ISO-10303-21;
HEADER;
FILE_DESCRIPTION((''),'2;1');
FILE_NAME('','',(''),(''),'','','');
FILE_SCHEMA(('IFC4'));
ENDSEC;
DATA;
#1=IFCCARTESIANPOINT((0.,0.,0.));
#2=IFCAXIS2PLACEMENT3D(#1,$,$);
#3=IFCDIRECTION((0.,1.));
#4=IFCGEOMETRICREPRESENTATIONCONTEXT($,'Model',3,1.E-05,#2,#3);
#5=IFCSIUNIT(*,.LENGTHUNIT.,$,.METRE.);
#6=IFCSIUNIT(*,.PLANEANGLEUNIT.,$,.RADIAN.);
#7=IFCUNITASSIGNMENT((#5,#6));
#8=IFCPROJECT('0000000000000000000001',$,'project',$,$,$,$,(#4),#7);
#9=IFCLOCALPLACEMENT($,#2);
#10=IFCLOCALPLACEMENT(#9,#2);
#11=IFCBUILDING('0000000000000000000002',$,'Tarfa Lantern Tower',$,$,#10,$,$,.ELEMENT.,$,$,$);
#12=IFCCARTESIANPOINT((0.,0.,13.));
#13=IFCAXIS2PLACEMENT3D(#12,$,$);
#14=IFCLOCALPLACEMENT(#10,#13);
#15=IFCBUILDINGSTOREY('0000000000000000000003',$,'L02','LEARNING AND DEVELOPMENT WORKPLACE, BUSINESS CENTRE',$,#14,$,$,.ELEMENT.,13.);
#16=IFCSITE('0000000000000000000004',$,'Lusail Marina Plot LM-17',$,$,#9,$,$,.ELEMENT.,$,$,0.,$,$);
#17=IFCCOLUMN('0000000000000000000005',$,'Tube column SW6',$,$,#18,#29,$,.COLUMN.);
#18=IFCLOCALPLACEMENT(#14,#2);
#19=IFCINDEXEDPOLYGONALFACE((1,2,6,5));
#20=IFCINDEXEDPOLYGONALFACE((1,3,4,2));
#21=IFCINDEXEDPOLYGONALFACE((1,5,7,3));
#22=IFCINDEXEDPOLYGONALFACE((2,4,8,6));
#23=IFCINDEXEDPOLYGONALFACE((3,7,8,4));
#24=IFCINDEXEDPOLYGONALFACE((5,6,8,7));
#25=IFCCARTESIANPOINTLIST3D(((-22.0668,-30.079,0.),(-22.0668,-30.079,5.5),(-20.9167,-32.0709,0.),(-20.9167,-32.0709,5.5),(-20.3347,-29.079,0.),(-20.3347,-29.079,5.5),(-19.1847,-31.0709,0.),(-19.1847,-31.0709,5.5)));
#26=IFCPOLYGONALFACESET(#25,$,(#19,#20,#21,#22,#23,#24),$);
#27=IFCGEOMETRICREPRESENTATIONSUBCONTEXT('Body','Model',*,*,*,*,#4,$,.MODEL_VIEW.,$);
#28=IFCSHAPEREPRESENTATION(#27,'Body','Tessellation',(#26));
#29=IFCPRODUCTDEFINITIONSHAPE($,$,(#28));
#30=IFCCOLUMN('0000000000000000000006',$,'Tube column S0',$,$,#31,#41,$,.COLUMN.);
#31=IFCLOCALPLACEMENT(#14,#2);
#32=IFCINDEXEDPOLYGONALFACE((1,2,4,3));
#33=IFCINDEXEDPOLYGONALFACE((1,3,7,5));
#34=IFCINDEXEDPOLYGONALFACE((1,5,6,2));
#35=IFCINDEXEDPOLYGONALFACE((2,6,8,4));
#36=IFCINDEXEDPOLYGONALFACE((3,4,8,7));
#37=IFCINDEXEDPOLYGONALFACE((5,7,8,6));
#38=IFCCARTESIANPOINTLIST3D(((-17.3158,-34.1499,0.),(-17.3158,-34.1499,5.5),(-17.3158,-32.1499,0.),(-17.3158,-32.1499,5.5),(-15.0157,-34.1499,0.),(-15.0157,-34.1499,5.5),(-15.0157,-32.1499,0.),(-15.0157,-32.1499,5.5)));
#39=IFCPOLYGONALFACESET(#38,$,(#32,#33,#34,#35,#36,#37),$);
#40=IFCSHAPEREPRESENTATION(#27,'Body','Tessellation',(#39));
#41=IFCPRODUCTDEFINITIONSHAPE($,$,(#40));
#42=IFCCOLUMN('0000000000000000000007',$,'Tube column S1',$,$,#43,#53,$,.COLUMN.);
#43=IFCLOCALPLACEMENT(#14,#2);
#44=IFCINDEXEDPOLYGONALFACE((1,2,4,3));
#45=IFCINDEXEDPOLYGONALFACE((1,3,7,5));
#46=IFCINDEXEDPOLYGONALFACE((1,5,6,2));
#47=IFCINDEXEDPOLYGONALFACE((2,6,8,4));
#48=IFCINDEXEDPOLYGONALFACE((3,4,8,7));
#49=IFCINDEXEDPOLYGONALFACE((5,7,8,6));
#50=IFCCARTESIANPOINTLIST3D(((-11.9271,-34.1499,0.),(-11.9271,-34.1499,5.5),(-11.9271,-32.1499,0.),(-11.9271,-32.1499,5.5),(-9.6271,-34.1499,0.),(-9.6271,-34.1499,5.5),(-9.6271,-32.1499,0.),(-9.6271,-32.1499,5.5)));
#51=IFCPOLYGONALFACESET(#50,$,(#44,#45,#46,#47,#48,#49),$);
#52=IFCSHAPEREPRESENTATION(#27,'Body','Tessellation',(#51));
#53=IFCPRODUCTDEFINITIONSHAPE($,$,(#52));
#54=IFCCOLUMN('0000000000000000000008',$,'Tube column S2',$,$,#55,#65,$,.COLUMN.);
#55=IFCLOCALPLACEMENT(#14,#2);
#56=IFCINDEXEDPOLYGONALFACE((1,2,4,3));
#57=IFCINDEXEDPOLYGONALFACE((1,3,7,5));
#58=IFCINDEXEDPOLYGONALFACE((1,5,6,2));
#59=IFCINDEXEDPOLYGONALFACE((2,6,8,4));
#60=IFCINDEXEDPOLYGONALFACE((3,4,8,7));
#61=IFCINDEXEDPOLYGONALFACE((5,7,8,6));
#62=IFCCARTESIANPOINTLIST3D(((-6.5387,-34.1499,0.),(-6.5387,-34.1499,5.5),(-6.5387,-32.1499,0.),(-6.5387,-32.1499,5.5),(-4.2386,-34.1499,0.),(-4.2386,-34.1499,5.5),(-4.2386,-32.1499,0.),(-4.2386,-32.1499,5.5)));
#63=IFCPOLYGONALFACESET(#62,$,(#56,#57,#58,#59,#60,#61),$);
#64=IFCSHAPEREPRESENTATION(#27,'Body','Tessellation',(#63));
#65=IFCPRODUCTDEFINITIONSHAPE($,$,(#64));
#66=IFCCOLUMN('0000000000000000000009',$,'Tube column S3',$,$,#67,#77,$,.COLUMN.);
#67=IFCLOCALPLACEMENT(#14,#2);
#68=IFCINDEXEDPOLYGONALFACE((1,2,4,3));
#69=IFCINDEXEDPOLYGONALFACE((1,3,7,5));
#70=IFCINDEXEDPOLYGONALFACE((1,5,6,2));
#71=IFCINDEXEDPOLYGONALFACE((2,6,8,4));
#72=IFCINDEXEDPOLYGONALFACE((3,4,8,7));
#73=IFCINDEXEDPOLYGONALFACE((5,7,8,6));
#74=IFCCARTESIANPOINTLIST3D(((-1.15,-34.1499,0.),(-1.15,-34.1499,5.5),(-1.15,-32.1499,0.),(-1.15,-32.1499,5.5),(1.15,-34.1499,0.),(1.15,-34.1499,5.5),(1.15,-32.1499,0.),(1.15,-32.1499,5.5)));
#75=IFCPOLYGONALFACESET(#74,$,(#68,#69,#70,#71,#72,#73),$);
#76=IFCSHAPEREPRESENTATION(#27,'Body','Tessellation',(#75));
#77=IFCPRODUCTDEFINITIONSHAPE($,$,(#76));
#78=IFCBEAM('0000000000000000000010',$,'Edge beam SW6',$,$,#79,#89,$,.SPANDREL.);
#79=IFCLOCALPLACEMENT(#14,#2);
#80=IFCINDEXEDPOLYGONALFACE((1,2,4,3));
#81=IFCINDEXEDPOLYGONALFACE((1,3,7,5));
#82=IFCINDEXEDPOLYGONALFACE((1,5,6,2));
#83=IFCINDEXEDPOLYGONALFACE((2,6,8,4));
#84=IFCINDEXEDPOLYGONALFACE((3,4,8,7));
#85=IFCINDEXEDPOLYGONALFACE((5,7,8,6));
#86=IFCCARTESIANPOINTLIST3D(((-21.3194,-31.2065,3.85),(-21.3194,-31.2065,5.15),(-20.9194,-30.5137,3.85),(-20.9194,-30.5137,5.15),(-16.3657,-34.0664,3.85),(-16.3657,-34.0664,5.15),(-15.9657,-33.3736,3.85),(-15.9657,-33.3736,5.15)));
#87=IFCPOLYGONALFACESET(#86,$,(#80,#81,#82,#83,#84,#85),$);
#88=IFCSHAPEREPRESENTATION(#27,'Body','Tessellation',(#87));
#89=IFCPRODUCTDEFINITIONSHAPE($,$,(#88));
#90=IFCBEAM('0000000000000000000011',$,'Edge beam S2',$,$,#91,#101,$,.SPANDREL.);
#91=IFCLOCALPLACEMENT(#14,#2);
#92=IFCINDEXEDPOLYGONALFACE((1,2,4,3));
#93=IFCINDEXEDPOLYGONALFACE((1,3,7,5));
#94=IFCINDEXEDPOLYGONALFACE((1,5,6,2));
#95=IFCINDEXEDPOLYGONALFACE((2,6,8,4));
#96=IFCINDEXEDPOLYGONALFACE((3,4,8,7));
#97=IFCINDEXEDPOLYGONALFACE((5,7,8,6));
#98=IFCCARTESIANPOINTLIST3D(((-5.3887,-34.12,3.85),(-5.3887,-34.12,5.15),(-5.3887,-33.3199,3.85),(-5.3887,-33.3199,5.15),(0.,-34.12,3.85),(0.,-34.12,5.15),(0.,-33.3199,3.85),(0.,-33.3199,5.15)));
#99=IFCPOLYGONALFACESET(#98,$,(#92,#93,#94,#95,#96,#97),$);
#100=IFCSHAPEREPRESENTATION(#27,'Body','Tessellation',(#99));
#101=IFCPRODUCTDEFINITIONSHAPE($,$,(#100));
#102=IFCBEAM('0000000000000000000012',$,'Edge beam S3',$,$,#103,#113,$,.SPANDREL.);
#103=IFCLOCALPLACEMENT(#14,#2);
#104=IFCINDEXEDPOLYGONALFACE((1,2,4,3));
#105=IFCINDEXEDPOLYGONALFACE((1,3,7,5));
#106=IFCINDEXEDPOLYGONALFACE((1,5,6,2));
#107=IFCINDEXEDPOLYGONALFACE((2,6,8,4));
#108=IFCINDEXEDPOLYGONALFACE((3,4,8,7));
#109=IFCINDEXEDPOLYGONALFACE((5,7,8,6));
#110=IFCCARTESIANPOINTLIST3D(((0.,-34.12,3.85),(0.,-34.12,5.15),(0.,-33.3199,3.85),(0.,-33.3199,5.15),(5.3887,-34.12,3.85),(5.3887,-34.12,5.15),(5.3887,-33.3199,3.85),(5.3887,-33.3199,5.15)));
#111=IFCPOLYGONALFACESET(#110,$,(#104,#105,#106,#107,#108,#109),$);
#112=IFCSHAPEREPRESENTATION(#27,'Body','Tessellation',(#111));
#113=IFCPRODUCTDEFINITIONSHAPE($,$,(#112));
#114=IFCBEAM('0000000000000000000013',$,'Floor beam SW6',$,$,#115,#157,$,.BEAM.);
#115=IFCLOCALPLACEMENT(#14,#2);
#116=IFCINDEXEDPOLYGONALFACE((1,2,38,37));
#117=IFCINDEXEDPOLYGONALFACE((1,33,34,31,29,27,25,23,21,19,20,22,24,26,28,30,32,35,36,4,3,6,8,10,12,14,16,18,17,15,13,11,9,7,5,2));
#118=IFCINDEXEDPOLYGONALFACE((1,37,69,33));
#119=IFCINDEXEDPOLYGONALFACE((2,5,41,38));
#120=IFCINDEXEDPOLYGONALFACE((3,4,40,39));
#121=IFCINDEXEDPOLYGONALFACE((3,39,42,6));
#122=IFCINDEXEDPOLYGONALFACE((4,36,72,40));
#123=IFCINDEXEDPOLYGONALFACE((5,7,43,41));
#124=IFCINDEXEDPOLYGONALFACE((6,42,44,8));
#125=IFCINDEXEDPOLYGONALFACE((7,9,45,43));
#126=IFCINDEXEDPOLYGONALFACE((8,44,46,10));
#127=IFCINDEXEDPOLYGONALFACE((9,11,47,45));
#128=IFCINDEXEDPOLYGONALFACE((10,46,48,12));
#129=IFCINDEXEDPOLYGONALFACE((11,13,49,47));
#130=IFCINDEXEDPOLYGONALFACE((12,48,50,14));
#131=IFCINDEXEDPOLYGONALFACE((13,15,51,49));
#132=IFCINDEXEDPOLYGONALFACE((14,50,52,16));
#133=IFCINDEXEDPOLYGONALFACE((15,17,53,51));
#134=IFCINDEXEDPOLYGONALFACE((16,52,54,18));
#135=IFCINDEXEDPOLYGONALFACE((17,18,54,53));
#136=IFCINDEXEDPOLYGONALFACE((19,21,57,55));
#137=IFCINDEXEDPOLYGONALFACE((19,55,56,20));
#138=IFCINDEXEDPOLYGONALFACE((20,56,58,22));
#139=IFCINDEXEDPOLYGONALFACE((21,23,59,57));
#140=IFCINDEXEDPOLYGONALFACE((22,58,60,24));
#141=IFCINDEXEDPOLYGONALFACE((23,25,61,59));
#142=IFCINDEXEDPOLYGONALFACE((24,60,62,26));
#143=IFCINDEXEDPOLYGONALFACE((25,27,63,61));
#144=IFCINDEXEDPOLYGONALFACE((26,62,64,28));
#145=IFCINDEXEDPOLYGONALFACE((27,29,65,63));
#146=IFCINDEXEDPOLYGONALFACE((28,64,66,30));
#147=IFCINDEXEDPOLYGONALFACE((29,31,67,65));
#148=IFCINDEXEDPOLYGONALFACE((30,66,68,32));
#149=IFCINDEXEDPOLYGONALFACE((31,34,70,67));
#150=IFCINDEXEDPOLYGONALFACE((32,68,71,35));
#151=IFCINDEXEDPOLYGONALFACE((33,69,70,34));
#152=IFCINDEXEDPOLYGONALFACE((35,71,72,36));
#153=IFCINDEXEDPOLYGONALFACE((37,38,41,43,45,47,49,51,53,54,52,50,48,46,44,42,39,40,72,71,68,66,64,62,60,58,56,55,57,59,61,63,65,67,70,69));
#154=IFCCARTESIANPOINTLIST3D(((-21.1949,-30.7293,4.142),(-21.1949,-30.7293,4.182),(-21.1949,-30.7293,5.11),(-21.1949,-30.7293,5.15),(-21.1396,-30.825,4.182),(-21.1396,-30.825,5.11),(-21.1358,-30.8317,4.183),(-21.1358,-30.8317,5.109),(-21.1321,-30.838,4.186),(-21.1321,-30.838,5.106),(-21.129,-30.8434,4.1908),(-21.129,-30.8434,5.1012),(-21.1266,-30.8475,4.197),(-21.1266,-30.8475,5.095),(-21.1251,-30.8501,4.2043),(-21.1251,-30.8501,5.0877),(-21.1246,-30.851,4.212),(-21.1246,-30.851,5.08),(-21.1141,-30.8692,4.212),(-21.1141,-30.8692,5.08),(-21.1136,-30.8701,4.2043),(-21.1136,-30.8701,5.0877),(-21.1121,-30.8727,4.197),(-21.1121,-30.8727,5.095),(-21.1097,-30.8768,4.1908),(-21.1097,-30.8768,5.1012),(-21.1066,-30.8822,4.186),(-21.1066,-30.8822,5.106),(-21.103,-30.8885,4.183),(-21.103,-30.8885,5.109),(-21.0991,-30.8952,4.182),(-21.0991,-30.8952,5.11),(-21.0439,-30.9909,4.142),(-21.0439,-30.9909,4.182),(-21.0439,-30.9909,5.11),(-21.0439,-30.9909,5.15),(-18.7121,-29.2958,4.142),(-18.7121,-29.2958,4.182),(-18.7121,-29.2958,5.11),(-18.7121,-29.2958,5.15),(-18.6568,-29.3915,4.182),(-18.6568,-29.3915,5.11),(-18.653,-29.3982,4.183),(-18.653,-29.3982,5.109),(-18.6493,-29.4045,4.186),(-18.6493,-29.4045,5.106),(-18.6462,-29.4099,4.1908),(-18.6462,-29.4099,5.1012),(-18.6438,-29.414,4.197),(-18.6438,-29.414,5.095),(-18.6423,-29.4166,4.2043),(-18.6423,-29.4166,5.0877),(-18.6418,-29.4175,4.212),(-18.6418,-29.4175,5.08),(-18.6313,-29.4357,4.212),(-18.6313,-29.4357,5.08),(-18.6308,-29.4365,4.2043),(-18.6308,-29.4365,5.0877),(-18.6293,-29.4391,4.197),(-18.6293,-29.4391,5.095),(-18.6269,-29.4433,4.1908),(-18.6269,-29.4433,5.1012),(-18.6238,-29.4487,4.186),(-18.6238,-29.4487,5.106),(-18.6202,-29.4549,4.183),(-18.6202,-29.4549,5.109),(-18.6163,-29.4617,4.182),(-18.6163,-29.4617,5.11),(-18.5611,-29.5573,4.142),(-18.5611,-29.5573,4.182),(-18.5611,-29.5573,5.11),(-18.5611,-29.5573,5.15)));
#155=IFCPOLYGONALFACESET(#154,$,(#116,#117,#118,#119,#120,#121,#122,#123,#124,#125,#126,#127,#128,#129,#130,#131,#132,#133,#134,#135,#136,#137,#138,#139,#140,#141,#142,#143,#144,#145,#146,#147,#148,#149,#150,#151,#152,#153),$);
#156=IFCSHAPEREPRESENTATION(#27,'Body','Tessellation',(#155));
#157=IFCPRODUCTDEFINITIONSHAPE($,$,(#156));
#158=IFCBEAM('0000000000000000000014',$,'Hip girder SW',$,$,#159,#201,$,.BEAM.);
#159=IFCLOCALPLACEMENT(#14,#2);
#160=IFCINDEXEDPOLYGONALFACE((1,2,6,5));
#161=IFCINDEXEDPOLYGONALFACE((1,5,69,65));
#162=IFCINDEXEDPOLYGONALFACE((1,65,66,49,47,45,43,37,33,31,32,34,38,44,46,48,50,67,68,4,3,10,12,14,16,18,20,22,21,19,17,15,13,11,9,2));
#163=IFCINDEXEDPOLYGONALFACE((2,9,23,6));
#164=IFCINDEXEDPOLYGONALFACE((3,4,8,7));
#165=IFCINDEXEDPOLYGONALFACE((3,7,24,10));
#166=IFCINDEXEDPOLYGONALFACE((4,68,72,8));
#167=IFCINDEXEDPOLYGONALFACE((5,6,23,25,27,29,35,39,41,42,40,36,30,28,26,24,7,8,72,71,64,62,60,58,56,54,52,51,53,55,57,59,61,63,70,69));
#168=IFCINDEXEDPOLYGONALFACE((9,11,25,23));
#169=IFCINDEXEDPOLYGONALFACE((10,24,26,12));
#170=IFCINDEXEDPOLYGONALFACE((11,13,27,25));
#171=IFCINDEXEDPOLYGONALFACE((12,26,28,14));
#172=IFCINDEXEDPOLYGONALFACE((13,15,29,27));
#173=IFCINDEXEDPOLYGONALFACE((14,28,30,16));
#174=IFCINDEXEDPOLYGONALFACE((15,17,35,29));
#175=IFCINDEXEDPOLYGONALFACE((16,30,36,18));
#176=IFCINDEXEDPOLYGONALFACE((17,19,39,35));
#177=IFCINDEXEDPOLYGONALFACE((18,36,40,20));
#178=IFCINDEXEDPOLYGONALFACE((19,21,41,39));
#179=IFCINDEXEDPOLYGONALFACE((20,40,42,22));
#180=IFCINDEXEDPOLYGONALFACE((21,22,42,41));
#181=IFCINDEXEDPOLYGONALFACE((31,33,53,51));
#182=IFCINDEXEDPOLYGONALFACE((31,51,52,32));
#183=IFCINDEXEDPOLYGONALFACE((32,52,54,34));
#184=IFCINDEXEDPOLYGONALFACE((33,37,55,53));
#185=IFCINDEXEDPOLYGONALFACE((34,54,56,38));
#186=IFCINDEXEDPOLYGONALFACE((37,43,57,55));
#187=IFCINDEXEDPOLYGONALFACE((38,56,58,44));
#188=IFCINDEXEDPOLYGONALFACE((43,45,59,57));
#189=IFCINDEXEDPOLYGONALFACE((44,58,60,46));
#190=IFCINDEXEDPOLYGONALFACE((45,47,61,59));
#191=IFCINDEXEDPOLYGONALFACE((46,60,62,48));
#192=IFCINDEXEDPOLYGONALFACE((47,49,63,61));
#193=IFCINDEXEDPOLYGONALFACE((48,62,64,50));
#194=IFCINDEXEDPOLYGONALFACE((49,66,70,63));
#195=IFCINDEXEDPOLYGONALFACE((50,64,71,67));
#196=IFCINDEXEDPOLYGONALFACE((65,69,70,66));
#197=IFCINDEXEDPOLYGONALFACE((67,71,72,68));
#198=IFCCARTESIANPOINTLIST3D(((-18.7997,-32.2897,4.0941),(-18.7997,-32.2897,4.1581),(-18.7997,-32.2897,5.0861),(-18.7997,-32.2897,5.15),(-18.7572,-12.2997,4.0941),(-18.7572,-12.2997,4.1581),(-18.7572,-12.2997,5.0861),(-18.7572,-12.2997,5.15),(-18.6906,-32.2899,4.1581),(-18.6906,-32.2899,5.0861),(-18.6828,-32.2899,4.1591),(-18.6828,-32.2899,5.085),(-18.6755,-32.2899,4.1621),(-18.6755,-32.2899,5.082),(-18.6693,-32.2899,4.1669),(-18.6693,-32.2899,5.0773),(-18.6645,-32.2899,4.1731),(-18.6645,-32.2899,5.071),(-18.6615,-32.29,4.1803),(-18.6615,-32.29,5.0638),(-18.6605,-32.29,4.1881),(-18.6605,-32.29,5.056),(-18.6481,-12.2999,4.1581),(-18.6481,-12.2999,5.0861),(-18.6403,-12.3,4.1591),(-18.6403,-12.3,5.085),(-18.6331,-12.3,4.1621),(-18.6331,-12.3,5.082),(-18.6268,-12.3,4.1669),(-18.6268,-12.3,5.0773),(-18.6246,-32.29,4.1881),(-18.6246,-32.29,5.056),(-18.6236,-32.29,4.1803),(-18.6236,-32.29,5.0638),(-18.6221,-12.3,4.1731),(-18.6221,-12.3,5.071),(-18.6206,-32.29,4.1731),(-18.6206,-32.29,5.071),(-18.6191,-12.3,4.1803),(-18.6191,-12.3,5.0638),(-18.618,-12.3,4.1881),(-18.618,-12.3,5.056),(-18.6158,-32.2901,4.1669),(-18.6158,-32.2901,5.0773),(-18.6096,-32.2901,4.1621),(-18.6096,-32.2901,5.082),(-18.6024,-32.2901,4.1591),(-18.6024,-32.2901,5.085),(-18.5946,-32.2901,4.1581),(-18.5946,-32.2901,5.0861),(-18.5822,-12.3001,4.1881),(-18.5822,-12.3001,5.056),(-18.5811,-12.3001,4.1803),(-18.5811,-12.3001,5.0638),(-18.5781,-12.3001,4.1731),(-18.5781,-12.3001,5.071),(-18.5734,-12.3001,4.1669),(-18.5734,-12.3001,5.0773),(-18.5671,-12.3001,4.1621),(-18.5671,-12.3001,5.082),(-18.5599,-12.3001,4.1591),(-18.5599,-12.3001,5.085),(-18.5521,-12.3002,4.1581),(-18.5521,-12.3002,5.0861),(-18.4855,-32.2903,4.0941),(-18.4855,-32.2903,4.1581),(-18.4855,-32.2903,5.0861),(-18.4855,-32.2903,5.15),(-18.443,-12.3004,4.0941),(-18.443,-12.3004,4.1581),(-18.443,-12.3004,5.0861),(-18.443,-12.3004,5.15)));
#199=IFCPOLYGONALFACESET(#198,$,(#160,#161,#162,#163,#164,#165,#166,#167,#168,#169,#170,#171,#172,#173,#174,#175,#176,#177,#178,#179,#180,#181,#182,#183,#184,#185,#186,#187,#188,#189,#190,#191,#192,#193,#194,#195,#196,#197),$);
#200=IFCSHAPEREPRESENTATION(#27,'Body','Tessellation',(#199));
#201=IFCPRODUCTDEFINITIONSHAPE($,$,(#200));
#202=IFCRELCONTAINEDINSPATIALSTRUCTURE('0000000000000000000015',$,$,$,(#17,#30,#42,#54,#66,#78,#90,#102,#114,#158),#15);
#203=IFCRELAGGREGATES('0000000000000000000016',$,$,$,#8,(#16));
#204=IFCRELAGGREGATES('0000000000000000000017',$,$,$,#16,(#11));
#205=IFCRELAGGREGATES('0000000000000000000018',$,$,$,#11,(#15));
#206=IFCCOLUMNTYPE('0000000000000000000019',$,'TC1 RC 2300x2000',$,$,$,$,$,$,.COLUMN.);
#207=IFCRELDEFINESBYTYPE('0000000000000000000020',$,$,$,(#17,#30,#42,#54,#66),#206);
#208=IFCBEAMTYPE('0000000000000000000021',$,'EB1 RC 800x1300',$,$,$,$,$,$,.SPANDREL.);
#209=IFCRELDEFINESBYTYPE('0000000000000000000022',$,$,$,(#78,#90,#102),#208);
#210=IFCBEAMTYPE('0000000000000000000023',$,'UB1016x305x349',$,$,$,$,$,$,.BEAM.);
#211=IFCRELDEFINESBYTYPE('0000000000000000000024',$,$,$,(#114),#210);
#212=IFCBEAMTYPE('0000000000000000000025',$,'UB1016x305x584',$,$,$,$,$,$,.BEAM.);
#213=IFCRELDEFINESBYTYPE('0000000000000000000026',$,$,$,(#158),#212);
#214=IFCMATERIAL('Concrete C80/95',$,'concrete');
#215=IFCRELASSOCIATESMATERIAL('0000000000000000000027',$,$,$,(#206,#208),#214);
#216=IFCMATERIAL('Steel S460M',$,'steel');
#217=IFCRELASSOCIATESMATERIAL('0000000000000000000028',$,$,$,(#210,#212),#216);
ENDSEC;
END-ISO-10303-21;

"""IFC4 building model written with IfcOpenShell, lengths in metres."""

from ifc_helpers import new_model, si_unit, direction, frame, origin, origin_2d, place, context, subcontext, project, spatial, rectangle, i_section, extrude, material, material_profile, profile_set, type_object, element, save


model = new_model("IFC4")

# Units and contexts
model_context = context("Model", 3, precision=1e-05, world=origin(), true_north=direction((0.0, 1.0)))
body_context = subcontext(model_context, "Body", "Model", "MODEL_VIEW")
ifc_project = project(units=[si_unit("LENGTHUNIT", "METRE"), si_unit("PLANEANGLEUNIT", "RADIAN")], contexts=[model_context])

# Site, building, storey
site_placement = place(None, origin())
site = spatial("IfcSite", under=ifc_project, at=site_placement, Name="Lusail Marina Plot LM-17", CompositionType="ELEMENT", RefElevation=0.0)
building_placement = place(site_placement, origin())
building = spatial("IfcBuilding", under=site, at=building_placement, Name="Tarfa Lantern Tower", CompositionType="ELEMENT")
storey_placement = place(building_placement, frame((0.0, 0.0, 13.0)))
storey = spatial("IfcBuildingStorey", under=building, at=storey_placement, Name="L02", Description="LEARNING AND DEVELOPMENT WORKPLACE, BUSINESS CENTRE", CompositionType="ELEMENT", Elevation=13.0)

# Columns
ifc_material_1 = material(Name="Concrete C80/95", Category="concrete")
ifc_material_profile_1 = material_profile(ifc_material_1, rectangle(XDim=2.3, YDim=2.0, at=origin_2d()), Name="RC 2300x2000")
ifc_profile_set_1 = profile_set([ifc_material_profile_1], Name="Concrete C80/95")
column_type = type_object("IfcColumnType", Name="TC1 RC 2300x2000", PredefinedType="COLUMN", material=ifc_profile_set_1)
for number, where, z_axis, x_axis, name in (
    (1, (-20.6257, -30.575, 0.0), (0.0, 0.0, 1.0), (0.5, -0.866025, 0.0), "Tube column SW6"),
    (2, (-16.1658, -33.1499, 0.0), (0.0, 0.0, 1.0), (1.0, 0.0, 0.0), "Tube column S0"),
    (3, (-10.7771, -33.1499, 0.0), (0.0, 0.0, 1.0), (1.0, 0.0, 0.0), "Tube column S1"),
    (4, (-5.3887, -33.1499, 0.0), (0.0, 0.0, 1.0), (1.0, 0.0, 0.0), "Tube column S2"),
    (5, (0.0, -33.1499, 0.0), (0.0, 0.0, 1.0), (1.0, 0.0, 0.0), "Tube column S3"),
):
    element("IfcColumn", number, at=place(storey_placement, frame(where, z_axis=z_axis, x_axis=x_axis)), inside=storey, type_object=column_type, Name=name, PredefinedType="COLUMN", context=body_context, shape_type="SweptSolid", body=[
        extrude(rectangle(XDim=2.3, YDim=2.0, at=origin_2d()), origin(), (0.0, 0.0, 1.0), 5.5),
    ])

# Beams
ifc_material_profile_2 = material_profile(ifc_material_1, rectangle(XDim=0.8, YDim=1.3, at=origin_2d()), Name="RC 800x1300")
ifc_profile_set_2 = profile_set([ifc_material_profile_2], Name="Concrete C80/95")
beam_type_1 = type_object("IfcBeamType", Name="EB1 RC 800x1300", PredefinedType="SPANDREL", material=ifc_profile_set_2)
beam_1_placement = place(storey_placement, frame((-21.1194, -30.8601, 4.5), z_axis=(0.866033, -0.499986, 0.0), x_axis=(0.499986, 0.866033, 0.0)))
element("IfcBeam", 6, at=beam_1_placement, inside=storey, type_object=beam_type_1, Name="Edge beam SW6", PredefinedType="SPANDREL", context=body_context, shape_type="SweptSolid", body=[
    extrude(rectangle(XDim=0.8, YDim=1.3, at=origin_2d()), origin(), (0.0, 0.0, 1.0), 5.72),
])
for number, where, z_axis, x_axis, name in (
    (7, (-5.3887, -33.72, 4.5), (1.0, 0.0, 0.0), (0.0, 1.0, 0.0), "Edge beam S2"),
    (8, (0.0, -33.72, 4.5), (1.0, 0.0, 0.0), (0.0, 1.0, 0.0), "Edge beam S3"),
):
    element("IfcBeam", number, at=place(storey_placement, frame(where, z_axis=z_axis, x_axis=x_axis)), inside=storey, type_object=beam_type_1, Name=name, PredefinedType="SPANDREL", context=body_context, shape_type="SweptSolid", body=[
        extrude(rectangle(XDim=0.8, YDim=1.3, at=origin_2d()), origin(), (0.0, 0.0, 1.0), 5.3887),
    ])
ifc_material_2 = material(Name="Steel S460M", Category="steel")
ifc_material_profile_3 = material_profile(ifc_material_2, i_section(OverallWidth=0.302, OverallDepth=1.0081, WebThickness=0.021, FlangeThickness=0.04, FilletRadius=0.03, at=origin_2d()), Name="UB1016x305x349")
ifc_profile_set_3 = profile_set([ifc_material_profile_3], Name="Steel S460M")
beam_type_2 = type_object("IfcBeamType", Name="UB1016x305x349", PredefinedType="BEAM", material=ifc_profile_set_3)
beam_2_placement = place(storey_placement, frame((-21.1194, -30.8601, 4.646), z_axis=(0.866013, 0.500022, 0.0), x_axis=(-0.500022, 0.866013, 0.0)))
element("IfcBeam", 9, at=beam_2_placement, inside=storey, type_object=beam_type_2, Name="Floor beam SW6", PredefinedType="BEAM", context=body_context, shape_type="SweptSolid", body=[
    extrude(i_section(OverallWidth=0.302, OverallDepth=1.0081, WebThickness=0.021, FlangeThickness=0.04, FilletRadius=0.03, at=origin_2d()), origin(), (0.0, 0.0, 1.0), 2.8669),
])
ifc_material_profile_4 = material_profile(ifc_material_2, i_section(OverallWidth=0.3142, OverallDepth=1.0559, WebThickness=0.0359, FlangeThickness=0.064, FilletRadius=0.03, at=origin_2d()), Name="UB1016x305x584")
ifc_profile_set_4 = profile_set([ifc_material_profile_4], Name="Steel S460M")
beam_type_3 = type_object("IfcBeamType", Name="UB1016x305x584", PredefinedType="BEAM", material=ifc_profile_set_4)
beam_3_placement = place(storey_placement, frame((-18.6001, -12.3, 4.6221), z_axis=(-0.002125, -0.999998, 0.0), x_axis=(0.999998, -0.002125, 0.0)))
element("IfcBeam", 10, at=beam_3_placement, inside=storey, type_object=beam_type_3, Name="Hip girder SW", PredefinedType="BEAM", context=body_context, shape_type="SweptSolid", body=[
    extrude(i_section(OverallWidth=0.3142, OverallDepth=1.0559, WebThickness=0.0359, FlangeThickness=0.064, FilletRadius=0.03, at=origin_2d()), origin(), (0.0, 0.0, 1.0), 19.99),
])

save(model, "model.ifc")
